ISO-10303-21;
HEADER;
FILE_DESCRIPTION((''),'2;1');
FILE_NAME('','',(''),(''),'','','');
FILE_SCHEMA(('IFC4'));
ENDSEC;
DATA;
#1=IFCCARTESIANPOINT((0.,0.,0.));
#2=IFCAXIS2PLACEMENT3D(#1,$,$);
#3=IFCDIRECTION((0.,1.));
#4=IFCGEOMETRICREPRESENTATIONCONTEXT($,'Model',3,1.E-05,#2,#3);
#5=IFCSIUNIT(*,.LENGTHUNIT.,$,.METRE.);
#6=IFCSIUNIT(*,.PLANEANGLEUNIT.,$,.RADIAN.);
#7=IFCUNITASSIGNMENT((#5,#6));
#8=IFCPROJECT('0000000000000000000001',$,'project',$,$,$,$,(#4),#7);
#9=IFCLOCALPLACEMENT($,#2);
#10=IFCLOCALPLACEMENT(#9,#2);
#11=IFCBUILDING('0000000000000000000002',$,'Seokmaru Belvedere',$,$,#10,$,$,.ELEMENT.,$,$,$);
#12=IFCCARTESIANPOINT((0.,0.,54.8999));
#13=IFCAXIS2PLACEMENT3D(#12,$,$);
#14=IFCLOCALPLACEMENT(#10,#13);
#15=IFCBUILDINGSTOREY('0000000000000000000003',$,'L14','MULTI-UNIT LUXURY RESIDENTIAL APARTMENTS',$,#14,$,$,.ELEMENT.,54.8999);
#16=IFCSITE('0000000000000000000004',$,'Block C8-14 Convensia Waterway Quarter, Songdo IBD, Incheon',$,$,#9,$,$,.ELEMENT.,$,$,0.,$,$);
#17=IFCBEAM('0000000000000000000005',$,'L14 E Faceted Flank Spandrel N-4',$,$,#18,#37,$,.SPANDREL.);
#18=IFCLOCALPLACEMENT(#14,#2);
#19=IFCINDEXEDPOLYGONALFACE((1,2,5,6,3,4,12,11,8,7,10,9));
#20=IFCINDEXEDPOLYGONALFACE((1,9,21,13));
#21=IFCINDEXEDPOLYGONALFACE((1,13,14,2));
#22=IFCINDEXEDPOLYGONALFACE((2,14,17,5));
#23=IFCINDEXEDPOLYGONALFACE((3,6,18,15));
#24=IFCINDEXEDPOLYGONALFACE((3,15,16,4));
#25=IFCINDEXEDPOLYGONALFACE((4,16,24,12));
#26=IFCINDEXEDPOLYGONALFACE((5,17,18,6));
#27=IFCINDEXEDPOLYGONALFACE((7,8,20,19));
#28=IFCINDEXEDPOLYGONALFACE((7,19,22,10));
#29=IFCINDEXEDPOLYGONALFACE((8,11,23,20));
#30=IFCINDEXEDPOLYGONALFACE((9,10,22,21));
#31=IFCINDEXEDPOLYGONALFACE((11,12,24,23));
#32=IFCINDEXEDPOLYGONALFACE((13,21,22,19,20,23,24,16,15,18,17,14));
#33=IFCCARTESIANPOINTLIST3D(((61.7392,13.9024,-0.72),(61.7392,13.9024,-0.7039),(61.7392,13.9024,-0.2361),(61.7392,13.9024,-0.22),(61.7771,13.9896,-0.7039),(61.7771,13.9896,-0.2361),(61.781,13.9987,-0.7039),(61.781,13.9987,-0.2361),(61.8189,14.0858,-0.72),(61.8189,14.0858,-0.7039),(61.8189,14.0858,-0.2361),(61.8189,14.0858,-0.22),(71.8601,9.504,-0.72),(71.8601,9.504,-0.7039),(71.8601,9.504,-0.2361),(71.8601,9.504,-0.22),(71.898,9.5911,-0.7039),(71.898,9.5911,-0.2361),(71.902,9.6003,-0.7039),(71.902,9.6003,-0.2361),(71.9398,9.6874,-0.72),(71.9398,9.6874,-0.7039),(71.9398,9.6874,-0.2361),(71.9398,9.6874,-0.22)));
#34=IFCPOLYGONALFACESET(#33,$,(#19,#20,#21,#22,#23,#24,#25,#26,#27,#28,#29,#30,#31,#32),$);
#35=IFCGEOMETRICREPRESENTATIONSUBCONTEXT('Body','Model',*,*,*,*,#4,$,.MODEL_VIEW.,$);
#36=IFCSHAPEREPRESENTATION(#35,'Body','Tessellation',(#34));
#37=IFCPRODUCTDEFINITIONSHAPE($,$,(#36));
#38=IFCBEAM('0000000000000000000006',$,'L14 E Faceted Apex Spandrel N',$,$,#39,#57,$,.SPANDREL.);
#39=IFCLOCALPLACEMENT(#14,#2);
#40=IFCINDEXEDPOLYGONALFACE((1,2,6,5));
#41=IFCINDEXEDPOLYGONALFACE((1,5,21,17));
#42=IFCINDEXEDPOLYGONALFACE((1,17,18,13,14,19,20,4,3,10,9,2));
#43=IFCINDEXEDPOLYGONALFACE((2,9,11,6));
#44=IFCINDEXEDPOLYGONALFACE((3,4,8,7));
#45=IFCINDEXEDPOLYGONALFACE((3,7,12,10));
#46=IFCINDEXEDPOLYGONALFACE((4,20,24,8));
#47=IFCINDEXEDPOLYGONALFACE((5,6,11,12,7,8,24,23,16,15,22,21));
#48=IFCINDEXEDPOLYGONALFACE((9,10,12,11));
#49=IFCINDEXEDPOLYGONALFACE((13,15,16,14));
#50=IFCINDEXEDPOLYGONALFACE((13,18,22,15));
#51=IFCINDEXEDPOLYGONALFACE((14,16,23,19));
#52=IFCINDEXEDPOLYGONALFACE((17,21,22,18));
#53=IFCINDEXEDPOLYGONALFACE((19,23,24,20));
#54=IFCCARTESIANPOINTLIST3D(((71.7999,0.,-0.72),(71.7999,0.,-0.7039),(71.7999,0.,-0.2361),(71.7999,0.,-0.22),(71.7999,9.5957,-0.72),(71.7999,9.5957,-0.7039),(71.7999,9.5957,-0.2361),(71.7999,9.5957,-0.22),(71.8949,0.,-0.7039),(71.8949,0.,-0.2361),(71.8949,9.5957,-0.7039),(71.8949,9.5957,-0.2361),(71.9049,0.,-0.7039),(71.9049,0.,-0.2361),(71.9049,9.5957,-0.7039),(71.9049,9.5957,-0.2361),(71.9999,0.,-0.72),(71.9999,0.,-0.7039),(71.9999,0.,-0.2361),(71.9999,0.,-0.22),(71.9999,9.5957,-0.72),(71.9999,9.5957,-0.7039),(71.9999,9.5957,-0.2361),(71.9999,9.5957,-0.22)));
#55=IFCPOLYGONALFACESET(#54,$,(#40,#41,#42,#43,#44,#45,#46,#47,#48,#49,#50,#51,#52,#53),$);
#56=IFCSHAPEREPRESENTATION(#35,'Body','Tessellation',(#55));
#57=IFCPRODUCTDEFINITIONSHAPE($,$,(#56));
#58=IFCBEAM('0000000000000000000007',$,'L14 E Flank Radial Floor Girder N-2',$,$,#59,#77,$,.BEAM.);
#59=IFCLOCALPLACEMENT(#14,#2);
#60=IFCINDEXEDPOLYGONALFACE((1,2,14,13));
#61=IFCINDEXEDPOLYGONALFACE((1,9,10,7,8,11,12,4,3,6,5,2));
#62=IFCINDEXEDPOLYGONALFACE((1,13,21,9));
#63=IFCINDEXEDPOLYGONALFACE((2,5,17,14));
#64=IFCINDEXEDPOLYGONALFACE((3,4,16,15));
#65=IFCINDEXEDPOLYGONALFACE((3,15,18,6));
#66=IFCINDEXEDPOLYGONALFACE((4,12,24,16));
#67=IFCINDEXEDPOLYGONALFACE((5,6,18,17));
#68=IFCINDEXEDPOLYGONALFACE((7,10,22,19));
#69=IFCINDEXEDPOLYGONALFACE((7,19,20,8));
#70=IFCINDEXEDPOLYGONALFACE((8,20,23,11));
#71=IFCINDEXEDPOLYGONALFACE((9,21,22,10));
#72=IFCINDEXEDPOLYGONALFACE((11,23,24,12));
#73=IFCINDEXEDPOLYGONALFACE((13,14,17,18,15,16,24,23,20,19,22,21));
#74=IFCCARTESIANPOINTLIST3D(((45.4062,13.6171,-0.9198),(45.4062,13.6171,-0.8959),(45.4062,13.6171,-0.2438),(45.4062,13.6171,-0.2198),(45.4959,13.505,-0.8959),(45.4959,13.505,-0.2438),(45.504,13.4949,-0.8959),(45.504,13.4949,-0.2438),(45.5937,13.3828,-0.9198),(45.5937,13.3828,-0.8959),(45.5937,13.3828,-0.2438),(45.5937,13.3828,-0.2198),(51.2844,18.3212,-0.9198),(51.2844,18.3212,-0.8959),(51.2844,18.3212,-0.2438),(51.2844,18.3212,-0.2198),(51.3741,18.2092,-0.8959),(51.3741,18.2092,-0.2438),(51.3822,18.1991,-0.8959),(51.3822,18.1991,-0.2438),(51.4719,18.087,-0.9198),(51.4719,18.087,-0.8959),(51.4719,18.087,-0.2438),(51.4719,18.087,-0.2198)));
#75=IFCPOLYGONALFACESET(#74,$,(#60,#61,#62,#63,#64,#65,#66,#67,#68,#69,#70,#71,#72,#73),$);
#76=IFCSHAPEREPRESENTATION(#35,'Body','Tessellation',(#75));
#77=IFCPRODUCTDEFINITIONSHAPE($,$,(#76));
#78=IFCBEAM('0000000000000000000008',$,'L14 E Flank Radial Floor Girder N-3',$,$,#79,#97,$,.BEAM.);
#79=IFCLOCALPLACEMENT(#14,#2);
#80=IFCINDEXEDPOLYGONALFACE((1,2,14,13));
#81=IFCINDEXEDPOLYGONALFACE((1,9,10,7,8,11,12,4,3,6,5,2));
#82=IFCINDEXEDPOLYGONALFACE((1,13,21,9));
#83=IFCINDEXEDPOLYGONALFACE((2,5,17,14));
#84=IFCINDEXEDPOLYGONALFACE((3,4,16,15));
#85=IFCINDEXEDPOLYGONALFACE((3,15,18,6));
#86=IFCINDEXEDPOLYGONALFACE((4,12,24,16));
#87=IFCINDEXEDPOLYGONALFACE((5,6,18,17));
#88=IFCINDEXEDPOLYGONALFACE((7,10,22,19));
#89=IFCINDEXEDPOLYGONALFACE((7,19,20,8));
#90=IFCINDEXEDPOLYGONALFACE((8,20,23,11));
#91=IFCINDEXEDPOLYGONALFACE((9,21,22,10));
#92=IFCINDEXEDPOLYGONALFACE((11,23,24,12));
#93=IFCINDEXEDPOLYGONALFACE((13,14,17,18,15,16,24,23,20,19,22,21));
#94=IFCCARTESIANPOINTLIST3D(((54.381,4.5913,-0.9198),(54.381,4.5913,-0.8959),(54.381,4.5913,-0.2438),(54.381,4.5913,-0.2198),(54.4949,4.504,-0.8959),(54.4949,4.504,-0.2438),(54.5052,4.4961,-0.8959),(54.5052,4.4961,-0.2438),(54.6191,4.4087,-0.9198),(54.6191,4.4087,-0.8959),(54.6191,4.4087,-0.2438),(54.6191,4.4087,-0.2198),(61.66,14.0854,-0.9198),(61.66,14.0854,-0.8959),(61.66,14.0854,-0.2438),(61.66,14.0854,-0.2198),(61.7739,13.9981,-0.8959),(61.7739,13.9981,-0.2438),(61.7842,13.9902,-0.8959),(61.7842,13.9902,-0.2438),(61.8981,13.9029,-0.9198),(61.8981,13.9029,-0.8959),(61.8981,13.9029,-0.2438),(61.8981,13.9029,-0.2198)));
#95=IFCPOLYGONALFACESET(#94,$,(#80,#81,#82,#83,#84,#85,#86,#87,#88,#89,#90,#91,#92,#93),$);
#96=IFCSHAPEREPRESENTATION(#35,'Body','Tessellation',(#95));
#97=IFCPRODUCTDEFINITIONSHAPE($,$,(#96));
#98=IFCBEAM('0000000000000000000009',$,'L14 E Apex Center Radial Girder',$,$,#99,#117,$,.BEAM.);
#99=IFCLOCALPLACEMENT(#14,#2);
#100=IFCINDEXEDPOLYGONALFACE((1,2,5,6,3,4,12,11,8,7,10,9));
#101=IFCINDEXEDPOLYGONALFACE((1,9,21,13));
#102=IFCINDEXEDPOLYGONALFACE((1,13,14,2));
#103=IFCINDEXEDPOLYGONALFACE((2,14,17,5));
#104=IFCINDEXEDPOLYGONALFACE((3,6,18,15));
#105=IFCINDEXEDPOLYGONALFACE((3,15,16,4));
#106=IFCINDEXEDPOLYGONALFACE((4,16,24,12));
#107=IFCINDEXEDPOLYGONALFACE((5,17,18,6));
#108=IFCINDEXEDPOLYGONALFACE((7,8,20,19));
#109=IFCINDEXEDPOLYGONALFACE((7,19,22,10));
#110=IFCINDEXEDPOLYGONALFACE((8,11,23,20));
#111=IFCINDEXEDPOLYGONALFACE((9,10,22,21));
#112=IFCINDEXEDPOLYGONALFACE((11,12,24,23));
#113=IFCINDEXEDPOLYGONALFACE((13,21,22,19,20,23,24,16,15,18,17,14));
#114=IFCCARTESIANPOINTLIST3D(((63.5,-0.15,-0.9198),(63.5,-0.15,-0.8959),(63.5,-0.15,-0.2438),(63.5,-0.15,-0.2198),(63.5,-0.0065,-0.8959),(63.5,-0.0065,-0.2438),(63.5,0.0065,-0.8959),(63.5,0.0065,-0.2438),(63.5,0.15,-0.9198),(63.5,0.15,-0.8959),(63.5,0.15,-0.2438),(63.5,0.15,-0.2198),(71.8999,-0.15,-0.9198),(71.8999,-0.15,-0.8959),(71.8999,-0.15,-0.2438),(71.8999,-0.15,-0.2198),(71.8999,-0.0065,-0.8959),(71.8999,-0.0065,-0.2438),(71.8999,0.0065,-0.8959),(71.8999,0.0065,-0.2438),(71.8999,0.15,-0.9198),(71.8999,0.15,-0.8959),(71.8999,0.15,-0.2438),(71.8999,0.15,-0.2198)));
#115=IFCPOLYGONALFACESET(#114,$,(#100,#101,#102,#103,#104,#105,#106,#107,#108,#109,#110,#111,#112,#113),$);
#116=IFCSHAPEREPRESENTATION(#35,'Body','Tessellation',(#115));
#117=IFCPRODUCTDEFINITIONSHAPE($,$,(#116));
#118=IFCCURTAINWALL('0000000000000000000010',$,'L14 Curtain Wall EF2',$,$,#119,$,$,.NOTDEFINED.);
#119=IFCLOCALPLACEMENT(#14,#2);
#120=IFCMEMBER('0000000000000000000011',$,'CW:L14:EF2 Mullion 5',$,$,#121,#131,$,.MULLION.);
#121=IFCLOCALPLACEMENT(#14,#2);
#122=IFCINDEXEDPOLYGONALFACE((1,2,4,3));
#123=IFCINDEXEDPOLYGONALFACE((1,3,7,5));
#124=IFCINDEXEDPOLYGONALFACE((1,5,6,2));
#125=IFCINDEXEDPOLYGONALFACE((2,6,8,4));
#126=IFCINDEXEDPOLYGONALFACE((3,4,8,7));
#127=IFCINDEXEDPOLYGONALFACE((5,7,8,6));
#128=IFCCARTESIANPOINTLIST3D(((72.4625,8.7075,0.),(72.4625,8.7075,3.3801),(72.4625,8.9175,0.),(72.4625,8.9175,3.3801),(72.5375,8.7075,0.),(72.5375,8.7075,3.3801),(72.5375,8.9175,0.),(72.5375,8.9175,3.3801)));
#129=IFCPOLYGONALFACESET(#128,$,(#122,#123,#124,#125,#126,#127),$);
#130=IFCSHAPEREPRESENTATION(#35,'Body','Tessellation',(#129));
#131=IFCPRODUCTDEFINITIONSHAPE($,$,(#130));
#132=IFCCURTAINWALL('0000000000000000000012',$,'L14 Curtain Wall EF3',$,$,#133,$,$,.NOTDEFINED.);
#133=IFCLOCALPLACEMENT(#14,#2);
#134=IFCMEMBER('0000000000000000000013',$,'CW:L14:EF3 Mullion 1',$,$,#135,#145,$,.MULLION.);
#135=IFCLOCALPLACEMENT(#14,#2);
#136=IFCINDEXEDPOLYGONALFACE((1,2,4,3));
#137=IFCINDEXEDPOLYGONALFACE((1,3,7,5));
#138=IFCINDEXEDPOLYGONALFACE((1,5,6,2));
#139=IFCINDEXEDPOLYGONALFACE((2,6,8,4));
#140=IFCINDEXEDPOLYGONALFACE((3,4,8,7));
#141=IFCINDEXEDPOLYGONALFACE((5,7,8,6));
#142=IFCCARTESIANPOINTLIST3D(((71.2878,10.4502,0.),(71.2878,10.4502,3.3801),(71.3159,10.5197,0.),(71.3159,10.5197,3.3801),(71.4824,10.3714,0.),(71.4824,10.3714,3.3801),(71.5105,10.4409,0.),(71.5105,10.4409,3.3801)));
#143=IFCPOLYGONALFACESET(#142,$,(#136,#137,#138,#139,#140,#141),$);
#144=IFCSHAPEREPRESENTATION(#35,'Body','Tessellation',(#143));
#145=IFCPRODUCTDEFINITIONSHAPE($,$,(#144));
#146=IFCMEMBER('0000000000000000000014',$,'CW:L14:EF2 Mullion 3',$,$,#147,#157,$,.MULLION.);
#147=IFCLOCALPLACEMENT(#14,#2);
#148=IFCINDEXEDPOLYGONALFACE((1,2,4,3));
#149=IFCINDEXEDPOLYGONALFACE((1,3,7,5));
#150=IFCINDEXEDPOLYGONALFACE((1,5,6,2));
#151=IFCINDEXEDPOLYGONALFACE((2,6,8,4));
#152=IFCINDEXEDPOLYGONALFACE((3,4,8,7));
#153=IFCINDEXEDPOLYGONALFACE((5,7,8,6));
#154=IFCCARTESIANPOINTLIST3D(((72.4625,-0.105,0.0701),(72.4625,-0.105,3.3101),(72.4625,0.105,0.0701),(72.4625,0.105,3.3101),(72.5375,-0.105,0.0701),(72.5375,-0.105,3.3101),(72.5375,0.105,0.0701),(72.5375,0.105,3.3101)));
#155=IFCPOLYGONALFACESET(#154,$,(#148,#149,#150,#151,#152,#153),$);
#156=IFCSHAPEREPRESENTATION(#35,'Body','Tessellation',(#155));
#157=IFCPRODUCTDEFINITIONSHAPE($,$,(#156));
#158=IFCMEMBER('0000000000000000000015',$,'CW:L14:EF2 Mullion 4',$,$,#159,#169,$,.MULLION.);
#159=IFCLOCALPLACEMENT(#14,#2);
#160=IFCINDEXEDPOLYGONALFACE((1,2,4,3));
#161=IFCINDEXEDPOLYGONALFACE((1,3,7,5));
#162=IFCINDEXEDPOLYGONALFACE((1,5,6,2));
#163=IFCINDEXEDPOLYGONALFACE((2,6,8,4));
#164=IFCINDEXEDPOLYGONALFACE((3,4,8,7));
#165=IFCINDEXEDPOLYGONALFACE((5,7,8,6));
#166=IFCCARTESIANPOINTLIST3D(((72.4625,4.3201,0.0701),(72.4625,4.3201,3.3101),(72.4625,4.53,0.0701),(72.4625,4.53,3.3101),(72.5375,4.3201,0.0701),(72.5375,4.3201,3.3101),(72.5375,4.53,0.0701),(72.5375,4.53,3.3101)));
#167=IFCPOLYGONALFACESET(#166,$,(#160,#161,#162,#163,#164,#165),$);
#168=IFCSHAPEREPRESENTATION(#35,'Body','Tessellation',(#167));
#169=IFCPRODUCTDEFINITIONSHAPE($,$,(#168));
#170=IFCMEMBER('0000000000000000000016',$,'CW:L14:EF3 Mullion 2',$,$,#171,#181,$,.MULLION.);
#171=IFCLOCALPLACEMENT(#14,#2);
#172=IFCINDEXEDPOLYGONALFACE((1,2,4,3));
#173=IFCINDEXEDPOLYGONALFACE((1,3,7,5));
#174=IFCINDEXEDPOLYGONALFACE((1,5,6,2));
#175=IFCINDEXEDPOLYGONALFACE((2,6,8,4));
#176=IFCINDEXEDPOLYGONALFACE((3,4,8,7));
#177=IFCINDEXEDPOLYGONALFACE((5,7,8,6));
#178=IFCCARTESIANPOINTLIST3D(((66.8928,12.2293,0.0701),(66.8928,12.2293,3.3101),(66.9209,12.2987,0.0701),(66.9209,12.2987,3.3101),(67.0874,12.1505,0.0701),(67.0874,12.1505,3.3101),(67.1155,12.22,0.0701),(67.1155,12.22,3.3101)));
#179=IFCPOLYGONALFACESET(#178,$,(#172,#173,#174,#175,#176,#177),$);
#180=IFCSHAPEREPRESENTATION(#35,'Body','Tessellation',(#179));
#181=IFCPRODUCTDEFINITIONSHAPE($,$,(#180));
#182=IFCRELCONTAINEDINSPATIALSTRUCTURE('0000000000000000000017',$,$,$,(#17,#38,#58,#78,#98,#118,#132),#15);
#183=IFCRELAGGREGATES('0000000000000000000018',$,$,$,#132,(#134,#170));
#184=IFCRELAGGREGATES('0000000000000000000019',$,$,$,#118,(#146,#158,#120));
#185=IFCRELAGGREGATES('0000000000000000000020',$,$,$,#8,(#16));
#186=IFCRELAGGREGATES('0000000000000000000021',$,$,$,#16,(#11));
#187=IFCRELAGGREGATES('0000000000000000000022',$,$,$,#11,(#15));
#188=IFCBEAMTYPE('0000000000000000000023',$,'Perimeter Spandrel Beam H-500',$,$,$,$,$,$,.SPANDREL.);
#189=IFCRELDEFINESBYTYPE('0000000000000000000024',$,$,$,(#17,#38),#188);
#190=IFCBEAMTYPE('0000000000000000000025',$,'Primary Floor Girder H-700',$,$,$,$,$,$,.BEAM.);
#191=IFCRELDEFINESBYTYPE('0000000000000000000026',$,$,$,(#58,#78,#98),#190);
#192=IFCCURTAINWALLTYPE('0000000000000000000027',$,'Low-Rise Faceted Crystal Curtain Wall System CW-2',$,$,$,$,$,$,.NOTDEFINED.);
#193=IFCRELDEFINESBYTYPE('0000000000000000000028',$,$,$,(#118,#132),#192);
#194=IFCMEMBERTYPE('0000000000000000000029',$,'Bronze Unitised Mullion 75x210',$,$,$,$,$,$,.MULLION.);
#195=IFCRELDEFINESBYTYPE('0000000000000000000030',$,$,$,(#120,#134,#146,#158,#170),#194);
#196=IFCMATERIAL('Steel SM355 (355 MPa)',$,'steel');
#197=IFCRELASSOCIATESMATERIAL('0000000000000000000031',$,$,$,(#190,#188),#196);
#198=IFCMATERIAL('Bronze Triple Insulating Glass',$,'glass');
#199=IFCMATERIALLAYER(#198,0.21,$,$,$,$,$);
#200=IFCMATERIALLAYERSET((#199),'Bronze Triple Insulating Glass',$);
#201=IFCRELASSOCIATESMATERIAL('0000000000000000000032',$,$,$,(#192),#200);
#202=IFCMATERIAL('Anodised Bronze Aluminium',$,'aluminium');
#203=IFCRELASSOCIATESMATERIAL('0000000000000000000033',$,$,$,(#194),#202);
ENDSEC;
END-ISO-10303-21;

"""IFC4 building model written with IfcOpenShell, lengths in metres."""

from ifc_helpers import new_model, si_unit, direction, frame, origin, origin_2d, place, context, subcontext, project, spatial, rectangle, i_section, extrude, source, transform, mapped, material, layer, layer_set, material_profile, profile_set, type_object, type_shapes, element, aggregate, save


model = new_model("IFC4")

# Units and contexts
model_context = context("Model", 3, precision=1e-05, world=origin(), true_north=direction((0.0, 1.0)))
body_context = subcontext(model_context, "Body", "Model", "MODEL_VIEW")
ifc_project = project(units=[si_unit("LENGTHUNIT", "METRE"), si_unit("PLANEANGLEUNIT", "RADIAN")], contexts=[model_context])

# Site, building, storey
site_placement = place(None, origin())
site = spatial("IfcSite", under=ifc_project, at=site_placement, Name="Block C8-14 Convensia Waterway Quarter, Songdo IBD, Incheon", CompositionType="ELEMENT", RefElevation=0.0)
building_placement = place(site_placement, origin())
building = spatial("IfcBuilding", under=site, at=building_placement, Name="Seokmaru Belvedere", CompositionType="ELEMENT")
storey_placement = place(building_placement, frame((0.0, 0.0, 54.8999)))
storey = spatial("IfcBuildingStorey", under=building, at=storey_placement, Name="L14", Description="MULTI-UNIT LUXURY RESIDENTIAL APARTMENTS", CompositionType="ELEMENT", Elevation=54.8999)

# Shared definitions
ifc_material_1 = material(Name="Steel SM355 (355 MPa)", Category="steel")

# Beams
ifc_material_profile_1 = material_profile(ifc_material_1, i_section(OverallWidth=0.3, OverallDepth=0.7, WebThickness=0.0129, FlangeThickness=0.0239, at=origin_2d()), Name="H-700x300x13x24")
ifc_profile_set_1 = profile_set([ifc_material_profile_1], Name="Steel SM355 (355 MPa)")
beam_type_1 = type_object("IfcBeamType", Name="Primary Floor Girder H-700", PredefinedType="BEAM", material=ifc_profile_set_1)
ifc_material_profile_2 = material_profile(ifc_material_1, i_section(OverallWidth=0.2, OverallDepth=0.5, WebThickness=0.01, FlangeThickness=0.0161, at=origin_2d()), Name="H-500x200x10x16")
ifc_profile_set_2 = profile_set([ifc_material_profile_2], Name="Steel SM355 (355 MPa)")
beam_type_2 = type_object("IfcBeamType", Name="Perimeter Spandrel Beam H-500", PredefinedType="SPANDREL", material=ifc_profile_set_2)
shared_shape_1 = source(origin(), body_context, "Body", "SweptSolid", [
    extrude(i_section(OverallWidth=0.2, OverallDepth=0.5, WebThickness=0.01, FlangeThickness=0.0161, at=origin_2d()), origin(), (0.0, 0.0, 1.0), 11.0354),
])
beam_1_placement = place(storey_placement, frame((61.7791, 13.9941, -0.47), z_axis=(0.917134, -0.398579, 0.0), x_axis=(0.398579, 0.917134, 0.0)))
element("IfcBeam", 1, at=beam_1_placement, inside=storey, type_object=beam_type_2, Name="L14 E Faceted Flank Spandrel N-4", PredefinedType="SPANDREL", context=body_context, shape_type="MappedRepresentation", body=[
    mapped(shared_shape_1, transform((0.0, 0.0, 0.0), scale=1.0)),
])
shared_shape_2 = source(origin(), body_context, "Body", "SweptSolid", [
    extrude(i_section(OverallWidth=0.2, OverallDepth=0.5, WebThickness=0.01, FlangeThickness=0.0161, at=origin_2d()), origin(), (0.0, 0.0, 1.0), 9.5957),
])
beam_2_placement = place(storey_placement, frame((71.8999, 0.0, -0.47), z_axis=(0.0, 1.0, 0.0), x_axis=(-1.0, 0.0, 0.0)))
element("IfcBeam", 2, at=beam_2_placement, inside=storey, type_object=beam_type_2, Name="L14 E Faceted Apex Spandrel N", PredefinedType="SPANDREL", context=body_context, shape_type="MappedRepresentation", body=[
    mapped(shared_shape_2, transform((0.0, 0.0, 0.0), scale=1.0)),
])
shared_shape_3 = source(origin(), body_context, "Body", "SweptSolid", [
    extrude(i_section(OverallWidth=0.3, OverallDepth=0.7, WebThickness=0.0129, FlangeThickness=0.0239, at=origin_2d()), origin(), (0.0, 0.0, 1.0), 7.5288),
])
beam_3_placement = place(storey_placement, frame((51.3782, 18.2041, -0.5698), z_axis=(-0.780768, -0.624822, 0.0), x_axis=(0.624822, -0.780768, 0.0)))
element("IfcBeam", 3, at=beam_3_placement, inside=storey, type_object=beam_type_1, Name="L14 E Flank Radial Floor Girder N-2", PredefinedType="BEAM", context=body_context, shape_type="MappedRepresentation", body=[
    mapped(shared_shape_3, transform((0.0, 0.0, 0.0), scale=1.0)),
])
shared_shape_4 = source(origin(), body_context, "Body", "SweptSolid", [
    extrude(i_section(OverallWidth=0.3, OverallDepth=0.7, WebThickness=0.0129, FlangeThickness=0.0239, at=origin_2d()), origin(), (0.0, 0.0, 1.0), 11.9634),
])
beam_4_placement = place(storey_placement, frame((61.7791, 13.9941, -0.5698), z_axis=(-0.608443, -0.793598, 0.0), x_axis=(0.793598, -0.608443, 0.0)))
element("IfcBeam", 4, at=beam_4_placement, inside=storey, type_object=beam_type_1, Name="L14 E Flank Radial Floor Girder N-3", PredefinedType="BEAM", context=body_context, shape_type="MappedRepresentation", body=[
    mapped(shared_shape_4, transform((0.0, 0.0, 0.0), scale=1.0)),
])
shared_shape_5 = source(origin(), body_context, "Body", "SweptSolid", [
    extrude(i_section(OverallWidth=0.3, OverallDepth=0.7, WebThickness=0.0129, FlangeThickness=0.0239, at=origin_2d()), origin(), (0.0, 0.0, 1.0), 8.3999),
])
beam_5_placement = place(storey_placement, frame((71.8999, 0.0, -0.5698), z_axis=(-1.0, 0.0, 0.0), x_axis=(0.0, -1.0, 0.0)))
element("IfcBeam", 5, at=beam_5_placement, inside=storey, type_object=beam_type_1, Name="L14 E Apex Center Radial Girder", PredefinedType="BEAM", context=body_context, shape_type="MappedRepresentation", body=[
    mapped(shared_shape_5, transform((0.0, 0.0, 0.0), scale=1.0)),
])

# Curtain walls, members
ifc_material_2 = material(Name="Bronze Triple Insulating Glass", Category="glass")
ifc_layer_1 = layer(ifc_material_2, 0.21)
ifc_layer_set_1 = layer_set([ifc_layer_1], Name="Bronze Triple Insulating Glass")
curtain_wall_type = type_object("IfcCurtainWallType", Name="Low-Rise Faceted Crystal Curtain Wall System CW-2", PredefinedType="NOTDEFINED", material=ifc_layer_set_1)
curtain_wall_1_placement = place(storey_placement, origin())
curtain_wall_1 = element("IfcCurtainWall", 6, at=curtain_wall_1_placement, inside=storey, type_object=curtain_wall_type, Name="L14 Curtain Wall EF2", PredefinedType="NOTDEFINED")
ifc_material_3 = material(Name="Anodised Bronze Aluminium", Category="aluminium")
ifc_material_profile_3 = material_profile(ifc_material_3, rectangle(XDim=0.075, YDim=0.21, at=origin_2d()), Name="CW-M-75x210")
ifc_profile_set_3 = profile_set([ifc_material_profile_3], Name="Anodised Bronze Aluminium")
member_type_1 = type_object("IfcMemberType", Name="Bronze Unitised Mullion 75x210", PredefinedType="MULLION", material=ifc_profile_set_3)
shared_shape_6 = source(origin(), body_context, "Body", "SweptSolid", [
    extrude(rectangle(XDim=0.075, YDim=0.21, at=origin_2d()), origin(), (0.0, 0.0, 1.0), 3.3801),
])
member_1_placement = place(storey_placement, frame((72.5, 8.8125, 0.0), z_axis=(0.0, 0.0, 1.0), x_axis=(-1.0, 0.0, 0.0)))
member_1 = element("IfcMember", 7, at=member_1_placement, type_object=member_type_1, Name="CW:L14:EF2 Mullion 5", PredefinedType="MULLION", context=body_context, shape_type="MappedRepresentation", body=[
    mapped(shared_shape_6, transform((0.0, 0.0, 0.0), scale=1.0)),
])
curtain_wall_2_placement = place(storey_placement, origin())
curtain_wall_2 = element("IfcCurtainWall", 8, at=curtain_wall_2_placement, inside=storey, type_object=curtain_wall_type, Name="L14 Curtain Wall EF3", PredefinedType="NOTDEFINED")
member_2_placement = place(storey_placement, frame((71.3992, 10.4456, 0.0), z_axis=(0.0, 0.0, 1.0), x_axis=(-0.375192, -0.926947, 0.0)))
member_2 = element("IfcMember", 9, at=member_2_placement, type_object=member_type_1, Name="CW:L14:EF3 Mullion 1", PredefinedType="MULLION", context=body_context, shape_type="MappedRepresentation", body=[
    mapped(shared_shape_6, transform((0.0, 0.0, 0.0), scale=1.0)),
])

# Members
shared_shape_7 = source(origin(), body_context, "Body", "SweptSolid", [
    extrude(rectangle(XDim=0.075, YDim=0.21, at=origin_2d()), origin(), (0.0, 0.0, 1.0), 3.24),
])
type_shapes(member_type_1, [shared_shape_6, shared_shape_7])
member_3_placement = place(storey_placement, frame((72.5, 0.0, 0.0701), z_axis=(0.0, 0.0, 1.0), x_axis=(-1.0, 0.0, 0.0)))
member_3 = element("IfcMember", 10, at=member_3_placement, type_object=member_type_1, Name="CW:L14:EF2 Mullion 3", PredefinedType="MULLION", context=body_context, shape_type="MappedRepresentation", body=[
    mapped(shared_shape_7, transform((0.0, 0.0, 0.0), scale=1.0)),
])
member_4_placement = place(storey_placement, frame((72.5, 4.425, 0.0701), z_axis=(0.0, 0.0, 1.0), x_axis=(-1.0, 0.0, 0.0)))
member_4 = element("IfcMember", 11, at=member_4_placement, type_object=member_type_1, Name="CW:L14:EF2 Mullion 4", PredefinedType="MULLION", context=body_context, shape_type="MappedRepresentation", body=[
    mapped(shared_shape_7, transform((0.0, 0.0, 0.0), scale=1.0)),
])
member_5_placement = place(storey_placement, frame((67.0042, 12.2246, 0.0701), z_axis=(0.0, 0.0, 1.0), x_axis=(-0.375192, -0.926947, 0.0)))
member_5 = element("IfcMember", 12, at=member_5_placement, type_object=member_type_1, Name="CW:L14:EF3 Mullion 2", PredefinedType="MULLION", context=body_context, shape_type="MappedRepresentation", body=[
    mapped(shared_shape_7, transform((0.0, 0.0, 0.0), scale=1.0)),
])

aggregate(curtain_wall_2, [member_2, member_5])
aggregate(curtain_wall_1, [member_3, member_4, member_1])

save(model, "model.ifc")
